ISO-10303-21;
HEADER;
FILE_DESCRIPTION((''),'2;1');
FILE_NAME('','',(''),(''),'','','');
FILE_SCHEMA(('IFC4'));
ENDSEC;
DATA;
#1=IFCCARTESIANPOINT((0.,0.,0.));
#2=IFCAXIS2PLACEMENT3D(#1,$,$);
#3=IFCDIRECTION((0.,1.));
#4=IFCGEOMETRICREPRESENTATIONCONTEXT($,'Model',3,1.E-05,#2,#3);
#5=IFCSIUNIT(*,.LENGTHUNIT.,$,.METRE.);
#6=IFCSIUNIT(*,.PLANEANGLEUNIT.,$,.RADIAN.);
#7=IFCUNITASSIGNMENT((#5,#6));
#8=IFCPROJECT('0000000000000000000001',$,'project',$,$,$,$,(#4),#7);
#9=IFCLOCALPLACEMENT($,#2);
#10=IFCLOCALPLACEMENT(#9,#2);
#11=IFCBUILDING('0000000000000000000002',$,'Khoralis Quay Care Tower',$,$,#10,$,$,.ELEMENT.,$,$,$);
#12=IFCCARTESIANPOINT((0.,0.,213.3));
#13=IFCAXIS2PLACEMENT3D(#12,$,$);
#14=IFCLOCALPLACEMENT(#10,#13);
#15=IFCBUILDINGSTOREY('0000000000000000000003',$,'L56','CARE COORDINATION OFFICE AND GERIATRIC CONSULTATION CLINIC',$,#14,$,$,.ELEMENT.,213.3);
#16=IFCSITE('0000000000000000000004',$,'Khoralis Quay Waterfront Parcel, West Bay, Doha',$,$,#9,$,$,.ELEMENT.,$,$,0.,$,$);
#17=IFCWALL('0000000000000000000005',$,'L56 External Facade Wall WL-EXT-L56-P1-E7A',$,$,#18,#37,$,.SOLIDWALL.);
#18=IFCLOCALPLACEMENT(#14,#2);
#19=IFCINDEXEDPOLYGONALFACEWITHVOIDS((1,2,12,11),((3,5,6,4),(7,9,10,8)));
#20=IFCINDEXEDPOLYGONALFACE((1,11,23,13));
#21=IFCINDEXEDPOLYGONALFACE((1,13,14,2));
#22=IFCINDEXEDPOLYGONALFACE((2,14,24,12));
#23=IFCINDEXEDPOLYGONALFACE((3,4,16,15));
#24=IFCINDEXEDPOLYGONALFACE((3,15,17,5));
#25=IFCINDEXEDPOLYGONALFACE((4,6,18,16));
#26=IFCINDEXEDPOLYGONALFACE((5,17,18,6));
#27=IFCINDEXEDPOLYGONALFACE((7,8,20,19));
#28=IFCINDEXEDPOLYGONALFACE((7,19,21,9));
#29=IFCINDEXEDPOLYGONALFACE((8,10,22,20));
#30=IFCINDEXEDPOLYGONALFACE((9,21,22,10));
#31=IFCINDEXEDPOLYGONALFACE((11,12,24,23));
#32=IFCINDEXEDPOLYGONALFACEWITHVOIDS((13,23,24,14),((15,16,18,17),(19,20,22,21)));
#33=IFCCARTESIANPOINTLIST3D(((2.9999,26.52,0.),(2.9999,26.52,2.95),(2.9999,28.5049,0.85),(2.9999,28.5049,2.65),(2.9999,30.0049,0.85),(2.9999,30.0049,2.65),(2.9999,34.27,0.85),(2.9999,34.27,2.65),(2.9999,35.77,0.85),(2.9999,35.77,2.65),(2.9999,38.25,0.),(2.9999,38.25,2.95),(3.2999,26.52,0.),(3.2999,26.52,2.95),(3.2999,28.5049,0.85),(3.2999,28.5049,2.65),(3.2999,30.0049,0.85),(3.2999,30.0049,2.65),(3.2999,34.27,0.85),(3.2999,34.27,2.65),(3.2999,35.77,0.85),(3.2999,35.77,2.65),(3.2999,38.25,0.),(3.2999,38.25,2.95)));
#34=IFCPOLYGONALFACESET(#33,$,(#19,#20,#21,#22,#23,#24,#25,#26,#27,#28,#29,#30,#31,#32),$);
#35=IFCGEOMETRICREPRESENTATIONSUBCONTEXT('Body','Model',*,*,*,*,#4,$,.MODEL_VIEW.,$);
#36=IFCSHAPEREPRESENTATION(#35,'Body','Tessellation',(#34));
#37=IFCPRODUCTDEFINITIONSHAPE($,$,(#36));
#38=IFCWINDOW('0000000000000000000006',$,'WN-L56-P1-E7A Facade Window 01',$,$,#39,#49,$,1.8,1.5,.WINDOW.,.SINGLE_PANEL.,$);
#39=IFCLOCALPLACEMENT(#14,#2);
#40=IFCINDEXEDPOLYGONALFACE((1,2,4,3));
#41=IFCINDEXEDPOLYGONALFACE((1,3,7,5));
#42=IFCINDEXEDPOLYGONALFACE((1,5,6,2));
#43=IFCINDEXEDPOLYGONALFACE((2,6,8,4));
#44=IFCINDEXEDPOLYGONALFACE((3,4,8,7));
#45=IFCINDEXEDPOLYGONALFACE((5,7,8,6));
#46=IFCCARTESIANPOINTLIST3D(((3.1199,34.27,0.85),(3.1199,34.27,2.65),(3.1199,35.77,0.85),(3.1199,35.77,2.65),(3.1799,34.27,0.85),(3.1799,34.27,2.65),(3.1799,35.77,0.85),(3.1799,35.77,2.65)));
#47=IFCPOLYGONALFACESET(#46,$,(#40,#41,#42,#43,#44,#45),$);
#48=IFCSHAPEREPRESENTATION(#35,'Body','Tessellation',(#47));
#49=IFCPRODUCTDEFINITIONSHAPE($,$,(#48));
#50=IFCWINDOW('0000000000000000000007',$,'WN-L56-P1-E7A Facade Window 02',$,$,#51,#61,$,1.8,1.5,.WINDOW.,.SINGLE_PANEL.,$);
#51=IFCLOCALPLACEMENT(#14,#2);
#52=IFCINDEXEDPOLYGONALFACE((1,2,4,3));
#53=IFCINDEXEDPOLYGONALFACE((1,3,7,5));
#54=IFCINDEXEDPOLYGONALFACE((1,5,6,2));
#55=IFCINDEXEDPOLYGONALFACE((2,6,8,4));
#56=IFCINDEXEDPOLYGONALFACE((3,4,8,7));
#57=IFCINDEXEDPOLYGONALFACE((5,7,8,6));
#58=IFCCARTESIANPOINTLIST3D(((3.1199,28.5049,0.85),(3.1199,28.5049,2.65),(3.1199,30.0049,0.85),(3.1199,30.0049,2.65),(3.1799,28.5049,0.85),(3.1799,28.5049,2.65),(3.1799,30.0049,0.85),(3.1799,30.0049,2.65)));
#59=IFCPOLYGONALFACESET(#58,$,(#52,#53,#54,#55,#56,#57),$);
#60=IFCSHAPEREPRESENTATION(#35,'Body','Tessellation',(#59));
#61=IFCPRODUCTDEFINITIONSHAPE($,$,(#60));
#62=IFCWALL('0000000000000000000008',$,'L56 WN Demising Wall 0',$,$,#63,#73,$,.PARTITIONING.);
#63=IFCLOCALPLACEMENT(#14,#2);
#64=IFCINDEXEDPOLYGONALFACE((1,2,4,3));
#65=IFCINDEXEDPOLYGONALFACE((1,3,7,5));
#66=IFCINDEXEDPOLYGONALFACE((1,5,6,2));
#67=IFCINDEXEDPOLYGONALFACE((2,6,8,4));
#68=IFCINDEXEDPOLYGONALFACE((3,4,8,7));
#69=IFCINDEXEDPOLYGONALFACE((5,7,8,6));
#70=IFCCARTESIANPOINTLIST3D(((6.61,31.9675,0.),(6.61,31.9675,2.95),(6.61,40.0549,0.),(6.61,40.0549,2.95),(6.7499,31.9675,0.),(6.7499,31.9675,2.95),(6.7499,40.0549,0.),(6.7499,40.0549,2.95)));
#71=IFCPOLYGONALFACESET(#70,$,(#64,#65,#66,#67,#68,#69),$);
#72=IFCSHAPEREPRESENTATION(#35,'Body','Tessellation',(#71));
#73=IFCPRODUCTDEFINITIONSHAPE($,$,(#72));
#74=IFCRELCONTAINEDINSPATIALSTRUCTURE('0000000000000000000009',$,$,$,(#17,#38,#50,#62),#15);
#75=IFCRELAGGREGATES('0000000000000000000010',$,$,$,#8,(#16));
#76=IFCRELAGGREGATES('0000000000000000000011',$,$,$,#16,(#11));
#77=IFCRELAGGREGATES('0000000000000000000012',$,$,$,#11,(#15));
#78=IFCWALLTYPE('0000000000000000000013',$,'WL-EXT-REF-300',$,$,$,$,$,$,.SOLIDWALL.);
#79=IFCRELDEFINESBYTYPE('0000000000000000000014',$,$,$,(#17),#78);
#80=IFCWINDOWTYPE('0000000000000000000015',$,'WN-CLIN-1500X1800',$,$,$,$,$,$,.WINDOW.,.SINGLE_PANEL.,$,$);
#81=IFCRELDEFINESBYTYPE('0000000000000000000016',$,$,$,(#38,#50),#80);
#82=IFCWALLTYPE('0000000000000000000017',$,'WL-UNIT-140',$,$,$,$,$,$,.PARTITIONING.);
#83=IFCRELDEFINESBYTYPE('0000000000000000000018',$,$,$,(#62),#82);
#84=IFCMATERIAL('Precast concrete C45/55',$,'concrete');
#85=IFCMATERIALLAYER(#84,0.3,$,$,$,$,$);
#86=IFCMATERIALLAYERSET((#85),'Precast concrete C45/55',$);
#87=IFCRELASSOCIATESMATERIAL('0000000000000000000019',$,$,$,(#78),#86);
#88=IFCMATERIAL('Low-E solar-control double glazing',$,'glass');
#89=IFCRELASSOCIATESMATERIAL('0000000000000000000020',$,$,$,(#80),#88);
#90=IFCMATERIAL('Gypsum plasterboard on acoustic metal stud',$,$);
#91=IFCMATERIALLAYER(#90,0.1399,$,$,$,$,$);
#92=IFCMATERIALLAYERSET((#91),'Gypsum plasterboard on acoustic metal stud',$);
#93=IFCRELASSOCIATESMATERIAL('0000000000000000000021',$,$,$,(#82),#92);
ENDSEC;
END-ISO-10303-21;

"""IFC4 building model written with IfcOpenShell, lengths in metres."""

from ifc_helpers import new_model, si_unit, direction, frame, frame_2d, origin, place, context, subcontext, project, spatial, rectangle, extrude, source, transform, mapped, material, layer, layer_set, type_object, element, fill, save


model = new_model("IFC4")

# Units and contexts
model_context = context("Model", 3, precision=1e-05, world=origin(), true_north=direction((0.0, 1.0)))
body_context = subcontext(model_context, "Body", "Model", "MODEL_VIEW")
ifc_project = project(units=[si_unit("LENGTHUNIT", "METRE"), si_unit("PLANEANGLEUNIT", "RADIAN")], contexts=[model_context])

# Site, building, storey
site_placement = place(None, origin())
site = spatial("IfcSite", under=ifc_project, at=site_placement, Name="Khoralis Quay Waterfront Parcel, West Bay, Doha", CompositionType="ELEMENT", RefElevation=0.0)
building_placement = place(site_placement, origin())
building = spatial("IfcBuilding", under=site, at=building_placement, Name="Khoralis Quay Care Tower", CompositionType="ELEMENT")
storey_placement = place(building_placement, frame((0.0, 0.0, 213.3)))
storey = spatial("IfcBuildingStorey", under=building, at=storey_placement, Name="L56", Description="CARE COORDINATION OFFICE AND GERIATRIC CONSULTATION CLINIC", CompositionType="ELEMENT", Elevation=213.3)

# Shared definitions
ifc_material_1 = material(Name="Gypsum plasterboard on acoustic metal stud")

# Shared definitions
ifc_material_2 = material(Name="Precast concrete C45/55", Category="concrete")
ifc_layer_1 = layer(ifc_material_2, 0.3)
ifc_layer_set_1 = layer_set([ifc_layer_1], Name="Precast concrete C45/55")
wall_type_1 = type_object("IfcWallType", Name="WL-EXT-REF-300", PredefinedType="SOLIDWALL", material=ifc_layer_set_1)

# Wall, openings, windows
wall_1_placement = place(storey_placement, frame((3.1499, 38.25, 0.0), z_axis=(0.0, 0.0, 1.0), x_axis=(0.0, -1.0, 0.0)))
wall_1 = element("IfcWall", 1, at=wall_1_placement, inside=storey, type_object=wall_type_1, Name="L56 External Facade Wall WL-EXT-L56-P1-E7A", PredefinedType="SOLIDWALL", context=body_context, shape_type="SweptSolid", body=[
    extrude(rectangle(XDim=11.73, YDim=0.3, at=frame_2d((5.865, 0.0))), origin(), (0.0, 0.0, 1.0), 2.95),
])
opening_1_placement = place(wall_1_placement, frame((2.48, 0.0, 0.8501)))
opening_1 = element("IfcOpeningElement", 2, at=opening_1_placement, cuts=wall_1, PredefinedType="OPENING", context=body_context, shape_type="SweptSolid", body=[
    extrude(rectangle(XDim=1.5, YDim=1.8, at=frame_2d((0.75, 0.8999))), frame((0.0, 0.1602, 0.0), z_axis=(0.0, -1.0, 0.0), x_axis=(1.0, 0.0, 0.0)), (0.0, 0.0, 1.0), 0.3201),
])
opening_2_placement = place(wall_1_placement, frame((8.2451, 0.0, 0.8501)))
opening_2 = element("IfcOpeningElement", 3, at=opening_2_placement, cuts=wall_1, PredefinedType="OPENING", context=body_context, shape_type="SweptSolid", body=[
    extrude(rectangle(XDim=1.5, YDim=1.8, at=frame_2d((0.75, 0.8999))), frame((0.0, 0.1602, 0.0), z_axis=(0.0, -1.0, 0.0), x_axis=(1.0, 0.0, 0.0)), (0.0, 0.0, 1.0), 0.3201),
])
ifc_material_3 = material(Name="Low-E solar-control double glazing", Category="glass")
window_type = type_object("IfcWindowType", Name="WN-CLIN-1500X1800", PartitioningType="SINGLE_PANEL", PredefinedType="WINDOW", material=ifc_material_3)
shared_shape_1 = source(origin(), body_context, "Body", "SweptSolid", [
    extrude(rectangle(XDim=1.5, YDim=1.8, at=frame_2d((0.75, 0.8999))), frame((0.0, 0.03, 0.0), z_axis=(0.0, -1.0, 0.0), x_axis=(1.0, 0.0, 0.0)), (0.0, 0.0, 1.0), 0.0601),
])
window_1_placement = place(opening_1_placement, origin())
window_1 = element("IfcWindow", 4, at=window_1_placement, inside=storey, type_object=window_type, Name="WN-L56-P1-E7A Facade Window 01", OverallHeight=1.8, OverallWidth=1.5, PartitioningType="SINGLE_PANEL", PredefinedType="WINDOW", context=body_context, shape_type="MappedRepresentation", body=[
    mapped(shared_shape_1, transform((0.0, 0.0, 0.0), scale=1.0)),
])
fill(opening_1, window_1)
window_2_placement = place(opening_2_placement, origin())
window_2 = element("IfcWindow", 5, at=window_2_placement, inside=storey, type_object=window_type, Name="WN-L56-P1-E7A Facade Window 02", OverallHeight=1.8, OverallWidth=1.5, PartitioningType="SINGLE_PANEL", PredefinedType="WINDOW", context=body_context, shape_type="MappedRepresentation", body=[
    mapped(shared_shape_1, transform((0.0, 0.0, 0.0), scale=1.0)),
])
fill(opening_2, window_2)

# Wall
ifc_layer_2 = layer(ifc_material_1, 0.1399)
ifc_layer_set_2 = layer_set([ifc_layer_2], Name="Gypsum plasterboard on acoustic metal stud")
wall_type_2 = type_object("IfcWallType", Name="WL-UNIT-140", PredefinedType="PARTITIONING", material=ifc_layer_set_2)
wall_2_placement = place(storey_placement, frame((6.6799, 31.9675, 0.0), z_axis=(0.0, 0.0, 1.0), x_axis=(0.0, 1.0, 0.0)))
element("IfcWall", 6, at=wall_2_placement, inside=storey, type_object=wall_type_2, Name="L56 WN Demising Wall 0", PredefinedType="PARTITIONING", context=body_context, shape_type="SweptSolid", body=[
    extrude(rectangle(XDim=8.0874, YDim=0.1399, at=frame_2d((4.0437, 0.0))), origin(), (0.0, 0.0, 1.0), 2.95),
])

save(model, "model.ifc")
